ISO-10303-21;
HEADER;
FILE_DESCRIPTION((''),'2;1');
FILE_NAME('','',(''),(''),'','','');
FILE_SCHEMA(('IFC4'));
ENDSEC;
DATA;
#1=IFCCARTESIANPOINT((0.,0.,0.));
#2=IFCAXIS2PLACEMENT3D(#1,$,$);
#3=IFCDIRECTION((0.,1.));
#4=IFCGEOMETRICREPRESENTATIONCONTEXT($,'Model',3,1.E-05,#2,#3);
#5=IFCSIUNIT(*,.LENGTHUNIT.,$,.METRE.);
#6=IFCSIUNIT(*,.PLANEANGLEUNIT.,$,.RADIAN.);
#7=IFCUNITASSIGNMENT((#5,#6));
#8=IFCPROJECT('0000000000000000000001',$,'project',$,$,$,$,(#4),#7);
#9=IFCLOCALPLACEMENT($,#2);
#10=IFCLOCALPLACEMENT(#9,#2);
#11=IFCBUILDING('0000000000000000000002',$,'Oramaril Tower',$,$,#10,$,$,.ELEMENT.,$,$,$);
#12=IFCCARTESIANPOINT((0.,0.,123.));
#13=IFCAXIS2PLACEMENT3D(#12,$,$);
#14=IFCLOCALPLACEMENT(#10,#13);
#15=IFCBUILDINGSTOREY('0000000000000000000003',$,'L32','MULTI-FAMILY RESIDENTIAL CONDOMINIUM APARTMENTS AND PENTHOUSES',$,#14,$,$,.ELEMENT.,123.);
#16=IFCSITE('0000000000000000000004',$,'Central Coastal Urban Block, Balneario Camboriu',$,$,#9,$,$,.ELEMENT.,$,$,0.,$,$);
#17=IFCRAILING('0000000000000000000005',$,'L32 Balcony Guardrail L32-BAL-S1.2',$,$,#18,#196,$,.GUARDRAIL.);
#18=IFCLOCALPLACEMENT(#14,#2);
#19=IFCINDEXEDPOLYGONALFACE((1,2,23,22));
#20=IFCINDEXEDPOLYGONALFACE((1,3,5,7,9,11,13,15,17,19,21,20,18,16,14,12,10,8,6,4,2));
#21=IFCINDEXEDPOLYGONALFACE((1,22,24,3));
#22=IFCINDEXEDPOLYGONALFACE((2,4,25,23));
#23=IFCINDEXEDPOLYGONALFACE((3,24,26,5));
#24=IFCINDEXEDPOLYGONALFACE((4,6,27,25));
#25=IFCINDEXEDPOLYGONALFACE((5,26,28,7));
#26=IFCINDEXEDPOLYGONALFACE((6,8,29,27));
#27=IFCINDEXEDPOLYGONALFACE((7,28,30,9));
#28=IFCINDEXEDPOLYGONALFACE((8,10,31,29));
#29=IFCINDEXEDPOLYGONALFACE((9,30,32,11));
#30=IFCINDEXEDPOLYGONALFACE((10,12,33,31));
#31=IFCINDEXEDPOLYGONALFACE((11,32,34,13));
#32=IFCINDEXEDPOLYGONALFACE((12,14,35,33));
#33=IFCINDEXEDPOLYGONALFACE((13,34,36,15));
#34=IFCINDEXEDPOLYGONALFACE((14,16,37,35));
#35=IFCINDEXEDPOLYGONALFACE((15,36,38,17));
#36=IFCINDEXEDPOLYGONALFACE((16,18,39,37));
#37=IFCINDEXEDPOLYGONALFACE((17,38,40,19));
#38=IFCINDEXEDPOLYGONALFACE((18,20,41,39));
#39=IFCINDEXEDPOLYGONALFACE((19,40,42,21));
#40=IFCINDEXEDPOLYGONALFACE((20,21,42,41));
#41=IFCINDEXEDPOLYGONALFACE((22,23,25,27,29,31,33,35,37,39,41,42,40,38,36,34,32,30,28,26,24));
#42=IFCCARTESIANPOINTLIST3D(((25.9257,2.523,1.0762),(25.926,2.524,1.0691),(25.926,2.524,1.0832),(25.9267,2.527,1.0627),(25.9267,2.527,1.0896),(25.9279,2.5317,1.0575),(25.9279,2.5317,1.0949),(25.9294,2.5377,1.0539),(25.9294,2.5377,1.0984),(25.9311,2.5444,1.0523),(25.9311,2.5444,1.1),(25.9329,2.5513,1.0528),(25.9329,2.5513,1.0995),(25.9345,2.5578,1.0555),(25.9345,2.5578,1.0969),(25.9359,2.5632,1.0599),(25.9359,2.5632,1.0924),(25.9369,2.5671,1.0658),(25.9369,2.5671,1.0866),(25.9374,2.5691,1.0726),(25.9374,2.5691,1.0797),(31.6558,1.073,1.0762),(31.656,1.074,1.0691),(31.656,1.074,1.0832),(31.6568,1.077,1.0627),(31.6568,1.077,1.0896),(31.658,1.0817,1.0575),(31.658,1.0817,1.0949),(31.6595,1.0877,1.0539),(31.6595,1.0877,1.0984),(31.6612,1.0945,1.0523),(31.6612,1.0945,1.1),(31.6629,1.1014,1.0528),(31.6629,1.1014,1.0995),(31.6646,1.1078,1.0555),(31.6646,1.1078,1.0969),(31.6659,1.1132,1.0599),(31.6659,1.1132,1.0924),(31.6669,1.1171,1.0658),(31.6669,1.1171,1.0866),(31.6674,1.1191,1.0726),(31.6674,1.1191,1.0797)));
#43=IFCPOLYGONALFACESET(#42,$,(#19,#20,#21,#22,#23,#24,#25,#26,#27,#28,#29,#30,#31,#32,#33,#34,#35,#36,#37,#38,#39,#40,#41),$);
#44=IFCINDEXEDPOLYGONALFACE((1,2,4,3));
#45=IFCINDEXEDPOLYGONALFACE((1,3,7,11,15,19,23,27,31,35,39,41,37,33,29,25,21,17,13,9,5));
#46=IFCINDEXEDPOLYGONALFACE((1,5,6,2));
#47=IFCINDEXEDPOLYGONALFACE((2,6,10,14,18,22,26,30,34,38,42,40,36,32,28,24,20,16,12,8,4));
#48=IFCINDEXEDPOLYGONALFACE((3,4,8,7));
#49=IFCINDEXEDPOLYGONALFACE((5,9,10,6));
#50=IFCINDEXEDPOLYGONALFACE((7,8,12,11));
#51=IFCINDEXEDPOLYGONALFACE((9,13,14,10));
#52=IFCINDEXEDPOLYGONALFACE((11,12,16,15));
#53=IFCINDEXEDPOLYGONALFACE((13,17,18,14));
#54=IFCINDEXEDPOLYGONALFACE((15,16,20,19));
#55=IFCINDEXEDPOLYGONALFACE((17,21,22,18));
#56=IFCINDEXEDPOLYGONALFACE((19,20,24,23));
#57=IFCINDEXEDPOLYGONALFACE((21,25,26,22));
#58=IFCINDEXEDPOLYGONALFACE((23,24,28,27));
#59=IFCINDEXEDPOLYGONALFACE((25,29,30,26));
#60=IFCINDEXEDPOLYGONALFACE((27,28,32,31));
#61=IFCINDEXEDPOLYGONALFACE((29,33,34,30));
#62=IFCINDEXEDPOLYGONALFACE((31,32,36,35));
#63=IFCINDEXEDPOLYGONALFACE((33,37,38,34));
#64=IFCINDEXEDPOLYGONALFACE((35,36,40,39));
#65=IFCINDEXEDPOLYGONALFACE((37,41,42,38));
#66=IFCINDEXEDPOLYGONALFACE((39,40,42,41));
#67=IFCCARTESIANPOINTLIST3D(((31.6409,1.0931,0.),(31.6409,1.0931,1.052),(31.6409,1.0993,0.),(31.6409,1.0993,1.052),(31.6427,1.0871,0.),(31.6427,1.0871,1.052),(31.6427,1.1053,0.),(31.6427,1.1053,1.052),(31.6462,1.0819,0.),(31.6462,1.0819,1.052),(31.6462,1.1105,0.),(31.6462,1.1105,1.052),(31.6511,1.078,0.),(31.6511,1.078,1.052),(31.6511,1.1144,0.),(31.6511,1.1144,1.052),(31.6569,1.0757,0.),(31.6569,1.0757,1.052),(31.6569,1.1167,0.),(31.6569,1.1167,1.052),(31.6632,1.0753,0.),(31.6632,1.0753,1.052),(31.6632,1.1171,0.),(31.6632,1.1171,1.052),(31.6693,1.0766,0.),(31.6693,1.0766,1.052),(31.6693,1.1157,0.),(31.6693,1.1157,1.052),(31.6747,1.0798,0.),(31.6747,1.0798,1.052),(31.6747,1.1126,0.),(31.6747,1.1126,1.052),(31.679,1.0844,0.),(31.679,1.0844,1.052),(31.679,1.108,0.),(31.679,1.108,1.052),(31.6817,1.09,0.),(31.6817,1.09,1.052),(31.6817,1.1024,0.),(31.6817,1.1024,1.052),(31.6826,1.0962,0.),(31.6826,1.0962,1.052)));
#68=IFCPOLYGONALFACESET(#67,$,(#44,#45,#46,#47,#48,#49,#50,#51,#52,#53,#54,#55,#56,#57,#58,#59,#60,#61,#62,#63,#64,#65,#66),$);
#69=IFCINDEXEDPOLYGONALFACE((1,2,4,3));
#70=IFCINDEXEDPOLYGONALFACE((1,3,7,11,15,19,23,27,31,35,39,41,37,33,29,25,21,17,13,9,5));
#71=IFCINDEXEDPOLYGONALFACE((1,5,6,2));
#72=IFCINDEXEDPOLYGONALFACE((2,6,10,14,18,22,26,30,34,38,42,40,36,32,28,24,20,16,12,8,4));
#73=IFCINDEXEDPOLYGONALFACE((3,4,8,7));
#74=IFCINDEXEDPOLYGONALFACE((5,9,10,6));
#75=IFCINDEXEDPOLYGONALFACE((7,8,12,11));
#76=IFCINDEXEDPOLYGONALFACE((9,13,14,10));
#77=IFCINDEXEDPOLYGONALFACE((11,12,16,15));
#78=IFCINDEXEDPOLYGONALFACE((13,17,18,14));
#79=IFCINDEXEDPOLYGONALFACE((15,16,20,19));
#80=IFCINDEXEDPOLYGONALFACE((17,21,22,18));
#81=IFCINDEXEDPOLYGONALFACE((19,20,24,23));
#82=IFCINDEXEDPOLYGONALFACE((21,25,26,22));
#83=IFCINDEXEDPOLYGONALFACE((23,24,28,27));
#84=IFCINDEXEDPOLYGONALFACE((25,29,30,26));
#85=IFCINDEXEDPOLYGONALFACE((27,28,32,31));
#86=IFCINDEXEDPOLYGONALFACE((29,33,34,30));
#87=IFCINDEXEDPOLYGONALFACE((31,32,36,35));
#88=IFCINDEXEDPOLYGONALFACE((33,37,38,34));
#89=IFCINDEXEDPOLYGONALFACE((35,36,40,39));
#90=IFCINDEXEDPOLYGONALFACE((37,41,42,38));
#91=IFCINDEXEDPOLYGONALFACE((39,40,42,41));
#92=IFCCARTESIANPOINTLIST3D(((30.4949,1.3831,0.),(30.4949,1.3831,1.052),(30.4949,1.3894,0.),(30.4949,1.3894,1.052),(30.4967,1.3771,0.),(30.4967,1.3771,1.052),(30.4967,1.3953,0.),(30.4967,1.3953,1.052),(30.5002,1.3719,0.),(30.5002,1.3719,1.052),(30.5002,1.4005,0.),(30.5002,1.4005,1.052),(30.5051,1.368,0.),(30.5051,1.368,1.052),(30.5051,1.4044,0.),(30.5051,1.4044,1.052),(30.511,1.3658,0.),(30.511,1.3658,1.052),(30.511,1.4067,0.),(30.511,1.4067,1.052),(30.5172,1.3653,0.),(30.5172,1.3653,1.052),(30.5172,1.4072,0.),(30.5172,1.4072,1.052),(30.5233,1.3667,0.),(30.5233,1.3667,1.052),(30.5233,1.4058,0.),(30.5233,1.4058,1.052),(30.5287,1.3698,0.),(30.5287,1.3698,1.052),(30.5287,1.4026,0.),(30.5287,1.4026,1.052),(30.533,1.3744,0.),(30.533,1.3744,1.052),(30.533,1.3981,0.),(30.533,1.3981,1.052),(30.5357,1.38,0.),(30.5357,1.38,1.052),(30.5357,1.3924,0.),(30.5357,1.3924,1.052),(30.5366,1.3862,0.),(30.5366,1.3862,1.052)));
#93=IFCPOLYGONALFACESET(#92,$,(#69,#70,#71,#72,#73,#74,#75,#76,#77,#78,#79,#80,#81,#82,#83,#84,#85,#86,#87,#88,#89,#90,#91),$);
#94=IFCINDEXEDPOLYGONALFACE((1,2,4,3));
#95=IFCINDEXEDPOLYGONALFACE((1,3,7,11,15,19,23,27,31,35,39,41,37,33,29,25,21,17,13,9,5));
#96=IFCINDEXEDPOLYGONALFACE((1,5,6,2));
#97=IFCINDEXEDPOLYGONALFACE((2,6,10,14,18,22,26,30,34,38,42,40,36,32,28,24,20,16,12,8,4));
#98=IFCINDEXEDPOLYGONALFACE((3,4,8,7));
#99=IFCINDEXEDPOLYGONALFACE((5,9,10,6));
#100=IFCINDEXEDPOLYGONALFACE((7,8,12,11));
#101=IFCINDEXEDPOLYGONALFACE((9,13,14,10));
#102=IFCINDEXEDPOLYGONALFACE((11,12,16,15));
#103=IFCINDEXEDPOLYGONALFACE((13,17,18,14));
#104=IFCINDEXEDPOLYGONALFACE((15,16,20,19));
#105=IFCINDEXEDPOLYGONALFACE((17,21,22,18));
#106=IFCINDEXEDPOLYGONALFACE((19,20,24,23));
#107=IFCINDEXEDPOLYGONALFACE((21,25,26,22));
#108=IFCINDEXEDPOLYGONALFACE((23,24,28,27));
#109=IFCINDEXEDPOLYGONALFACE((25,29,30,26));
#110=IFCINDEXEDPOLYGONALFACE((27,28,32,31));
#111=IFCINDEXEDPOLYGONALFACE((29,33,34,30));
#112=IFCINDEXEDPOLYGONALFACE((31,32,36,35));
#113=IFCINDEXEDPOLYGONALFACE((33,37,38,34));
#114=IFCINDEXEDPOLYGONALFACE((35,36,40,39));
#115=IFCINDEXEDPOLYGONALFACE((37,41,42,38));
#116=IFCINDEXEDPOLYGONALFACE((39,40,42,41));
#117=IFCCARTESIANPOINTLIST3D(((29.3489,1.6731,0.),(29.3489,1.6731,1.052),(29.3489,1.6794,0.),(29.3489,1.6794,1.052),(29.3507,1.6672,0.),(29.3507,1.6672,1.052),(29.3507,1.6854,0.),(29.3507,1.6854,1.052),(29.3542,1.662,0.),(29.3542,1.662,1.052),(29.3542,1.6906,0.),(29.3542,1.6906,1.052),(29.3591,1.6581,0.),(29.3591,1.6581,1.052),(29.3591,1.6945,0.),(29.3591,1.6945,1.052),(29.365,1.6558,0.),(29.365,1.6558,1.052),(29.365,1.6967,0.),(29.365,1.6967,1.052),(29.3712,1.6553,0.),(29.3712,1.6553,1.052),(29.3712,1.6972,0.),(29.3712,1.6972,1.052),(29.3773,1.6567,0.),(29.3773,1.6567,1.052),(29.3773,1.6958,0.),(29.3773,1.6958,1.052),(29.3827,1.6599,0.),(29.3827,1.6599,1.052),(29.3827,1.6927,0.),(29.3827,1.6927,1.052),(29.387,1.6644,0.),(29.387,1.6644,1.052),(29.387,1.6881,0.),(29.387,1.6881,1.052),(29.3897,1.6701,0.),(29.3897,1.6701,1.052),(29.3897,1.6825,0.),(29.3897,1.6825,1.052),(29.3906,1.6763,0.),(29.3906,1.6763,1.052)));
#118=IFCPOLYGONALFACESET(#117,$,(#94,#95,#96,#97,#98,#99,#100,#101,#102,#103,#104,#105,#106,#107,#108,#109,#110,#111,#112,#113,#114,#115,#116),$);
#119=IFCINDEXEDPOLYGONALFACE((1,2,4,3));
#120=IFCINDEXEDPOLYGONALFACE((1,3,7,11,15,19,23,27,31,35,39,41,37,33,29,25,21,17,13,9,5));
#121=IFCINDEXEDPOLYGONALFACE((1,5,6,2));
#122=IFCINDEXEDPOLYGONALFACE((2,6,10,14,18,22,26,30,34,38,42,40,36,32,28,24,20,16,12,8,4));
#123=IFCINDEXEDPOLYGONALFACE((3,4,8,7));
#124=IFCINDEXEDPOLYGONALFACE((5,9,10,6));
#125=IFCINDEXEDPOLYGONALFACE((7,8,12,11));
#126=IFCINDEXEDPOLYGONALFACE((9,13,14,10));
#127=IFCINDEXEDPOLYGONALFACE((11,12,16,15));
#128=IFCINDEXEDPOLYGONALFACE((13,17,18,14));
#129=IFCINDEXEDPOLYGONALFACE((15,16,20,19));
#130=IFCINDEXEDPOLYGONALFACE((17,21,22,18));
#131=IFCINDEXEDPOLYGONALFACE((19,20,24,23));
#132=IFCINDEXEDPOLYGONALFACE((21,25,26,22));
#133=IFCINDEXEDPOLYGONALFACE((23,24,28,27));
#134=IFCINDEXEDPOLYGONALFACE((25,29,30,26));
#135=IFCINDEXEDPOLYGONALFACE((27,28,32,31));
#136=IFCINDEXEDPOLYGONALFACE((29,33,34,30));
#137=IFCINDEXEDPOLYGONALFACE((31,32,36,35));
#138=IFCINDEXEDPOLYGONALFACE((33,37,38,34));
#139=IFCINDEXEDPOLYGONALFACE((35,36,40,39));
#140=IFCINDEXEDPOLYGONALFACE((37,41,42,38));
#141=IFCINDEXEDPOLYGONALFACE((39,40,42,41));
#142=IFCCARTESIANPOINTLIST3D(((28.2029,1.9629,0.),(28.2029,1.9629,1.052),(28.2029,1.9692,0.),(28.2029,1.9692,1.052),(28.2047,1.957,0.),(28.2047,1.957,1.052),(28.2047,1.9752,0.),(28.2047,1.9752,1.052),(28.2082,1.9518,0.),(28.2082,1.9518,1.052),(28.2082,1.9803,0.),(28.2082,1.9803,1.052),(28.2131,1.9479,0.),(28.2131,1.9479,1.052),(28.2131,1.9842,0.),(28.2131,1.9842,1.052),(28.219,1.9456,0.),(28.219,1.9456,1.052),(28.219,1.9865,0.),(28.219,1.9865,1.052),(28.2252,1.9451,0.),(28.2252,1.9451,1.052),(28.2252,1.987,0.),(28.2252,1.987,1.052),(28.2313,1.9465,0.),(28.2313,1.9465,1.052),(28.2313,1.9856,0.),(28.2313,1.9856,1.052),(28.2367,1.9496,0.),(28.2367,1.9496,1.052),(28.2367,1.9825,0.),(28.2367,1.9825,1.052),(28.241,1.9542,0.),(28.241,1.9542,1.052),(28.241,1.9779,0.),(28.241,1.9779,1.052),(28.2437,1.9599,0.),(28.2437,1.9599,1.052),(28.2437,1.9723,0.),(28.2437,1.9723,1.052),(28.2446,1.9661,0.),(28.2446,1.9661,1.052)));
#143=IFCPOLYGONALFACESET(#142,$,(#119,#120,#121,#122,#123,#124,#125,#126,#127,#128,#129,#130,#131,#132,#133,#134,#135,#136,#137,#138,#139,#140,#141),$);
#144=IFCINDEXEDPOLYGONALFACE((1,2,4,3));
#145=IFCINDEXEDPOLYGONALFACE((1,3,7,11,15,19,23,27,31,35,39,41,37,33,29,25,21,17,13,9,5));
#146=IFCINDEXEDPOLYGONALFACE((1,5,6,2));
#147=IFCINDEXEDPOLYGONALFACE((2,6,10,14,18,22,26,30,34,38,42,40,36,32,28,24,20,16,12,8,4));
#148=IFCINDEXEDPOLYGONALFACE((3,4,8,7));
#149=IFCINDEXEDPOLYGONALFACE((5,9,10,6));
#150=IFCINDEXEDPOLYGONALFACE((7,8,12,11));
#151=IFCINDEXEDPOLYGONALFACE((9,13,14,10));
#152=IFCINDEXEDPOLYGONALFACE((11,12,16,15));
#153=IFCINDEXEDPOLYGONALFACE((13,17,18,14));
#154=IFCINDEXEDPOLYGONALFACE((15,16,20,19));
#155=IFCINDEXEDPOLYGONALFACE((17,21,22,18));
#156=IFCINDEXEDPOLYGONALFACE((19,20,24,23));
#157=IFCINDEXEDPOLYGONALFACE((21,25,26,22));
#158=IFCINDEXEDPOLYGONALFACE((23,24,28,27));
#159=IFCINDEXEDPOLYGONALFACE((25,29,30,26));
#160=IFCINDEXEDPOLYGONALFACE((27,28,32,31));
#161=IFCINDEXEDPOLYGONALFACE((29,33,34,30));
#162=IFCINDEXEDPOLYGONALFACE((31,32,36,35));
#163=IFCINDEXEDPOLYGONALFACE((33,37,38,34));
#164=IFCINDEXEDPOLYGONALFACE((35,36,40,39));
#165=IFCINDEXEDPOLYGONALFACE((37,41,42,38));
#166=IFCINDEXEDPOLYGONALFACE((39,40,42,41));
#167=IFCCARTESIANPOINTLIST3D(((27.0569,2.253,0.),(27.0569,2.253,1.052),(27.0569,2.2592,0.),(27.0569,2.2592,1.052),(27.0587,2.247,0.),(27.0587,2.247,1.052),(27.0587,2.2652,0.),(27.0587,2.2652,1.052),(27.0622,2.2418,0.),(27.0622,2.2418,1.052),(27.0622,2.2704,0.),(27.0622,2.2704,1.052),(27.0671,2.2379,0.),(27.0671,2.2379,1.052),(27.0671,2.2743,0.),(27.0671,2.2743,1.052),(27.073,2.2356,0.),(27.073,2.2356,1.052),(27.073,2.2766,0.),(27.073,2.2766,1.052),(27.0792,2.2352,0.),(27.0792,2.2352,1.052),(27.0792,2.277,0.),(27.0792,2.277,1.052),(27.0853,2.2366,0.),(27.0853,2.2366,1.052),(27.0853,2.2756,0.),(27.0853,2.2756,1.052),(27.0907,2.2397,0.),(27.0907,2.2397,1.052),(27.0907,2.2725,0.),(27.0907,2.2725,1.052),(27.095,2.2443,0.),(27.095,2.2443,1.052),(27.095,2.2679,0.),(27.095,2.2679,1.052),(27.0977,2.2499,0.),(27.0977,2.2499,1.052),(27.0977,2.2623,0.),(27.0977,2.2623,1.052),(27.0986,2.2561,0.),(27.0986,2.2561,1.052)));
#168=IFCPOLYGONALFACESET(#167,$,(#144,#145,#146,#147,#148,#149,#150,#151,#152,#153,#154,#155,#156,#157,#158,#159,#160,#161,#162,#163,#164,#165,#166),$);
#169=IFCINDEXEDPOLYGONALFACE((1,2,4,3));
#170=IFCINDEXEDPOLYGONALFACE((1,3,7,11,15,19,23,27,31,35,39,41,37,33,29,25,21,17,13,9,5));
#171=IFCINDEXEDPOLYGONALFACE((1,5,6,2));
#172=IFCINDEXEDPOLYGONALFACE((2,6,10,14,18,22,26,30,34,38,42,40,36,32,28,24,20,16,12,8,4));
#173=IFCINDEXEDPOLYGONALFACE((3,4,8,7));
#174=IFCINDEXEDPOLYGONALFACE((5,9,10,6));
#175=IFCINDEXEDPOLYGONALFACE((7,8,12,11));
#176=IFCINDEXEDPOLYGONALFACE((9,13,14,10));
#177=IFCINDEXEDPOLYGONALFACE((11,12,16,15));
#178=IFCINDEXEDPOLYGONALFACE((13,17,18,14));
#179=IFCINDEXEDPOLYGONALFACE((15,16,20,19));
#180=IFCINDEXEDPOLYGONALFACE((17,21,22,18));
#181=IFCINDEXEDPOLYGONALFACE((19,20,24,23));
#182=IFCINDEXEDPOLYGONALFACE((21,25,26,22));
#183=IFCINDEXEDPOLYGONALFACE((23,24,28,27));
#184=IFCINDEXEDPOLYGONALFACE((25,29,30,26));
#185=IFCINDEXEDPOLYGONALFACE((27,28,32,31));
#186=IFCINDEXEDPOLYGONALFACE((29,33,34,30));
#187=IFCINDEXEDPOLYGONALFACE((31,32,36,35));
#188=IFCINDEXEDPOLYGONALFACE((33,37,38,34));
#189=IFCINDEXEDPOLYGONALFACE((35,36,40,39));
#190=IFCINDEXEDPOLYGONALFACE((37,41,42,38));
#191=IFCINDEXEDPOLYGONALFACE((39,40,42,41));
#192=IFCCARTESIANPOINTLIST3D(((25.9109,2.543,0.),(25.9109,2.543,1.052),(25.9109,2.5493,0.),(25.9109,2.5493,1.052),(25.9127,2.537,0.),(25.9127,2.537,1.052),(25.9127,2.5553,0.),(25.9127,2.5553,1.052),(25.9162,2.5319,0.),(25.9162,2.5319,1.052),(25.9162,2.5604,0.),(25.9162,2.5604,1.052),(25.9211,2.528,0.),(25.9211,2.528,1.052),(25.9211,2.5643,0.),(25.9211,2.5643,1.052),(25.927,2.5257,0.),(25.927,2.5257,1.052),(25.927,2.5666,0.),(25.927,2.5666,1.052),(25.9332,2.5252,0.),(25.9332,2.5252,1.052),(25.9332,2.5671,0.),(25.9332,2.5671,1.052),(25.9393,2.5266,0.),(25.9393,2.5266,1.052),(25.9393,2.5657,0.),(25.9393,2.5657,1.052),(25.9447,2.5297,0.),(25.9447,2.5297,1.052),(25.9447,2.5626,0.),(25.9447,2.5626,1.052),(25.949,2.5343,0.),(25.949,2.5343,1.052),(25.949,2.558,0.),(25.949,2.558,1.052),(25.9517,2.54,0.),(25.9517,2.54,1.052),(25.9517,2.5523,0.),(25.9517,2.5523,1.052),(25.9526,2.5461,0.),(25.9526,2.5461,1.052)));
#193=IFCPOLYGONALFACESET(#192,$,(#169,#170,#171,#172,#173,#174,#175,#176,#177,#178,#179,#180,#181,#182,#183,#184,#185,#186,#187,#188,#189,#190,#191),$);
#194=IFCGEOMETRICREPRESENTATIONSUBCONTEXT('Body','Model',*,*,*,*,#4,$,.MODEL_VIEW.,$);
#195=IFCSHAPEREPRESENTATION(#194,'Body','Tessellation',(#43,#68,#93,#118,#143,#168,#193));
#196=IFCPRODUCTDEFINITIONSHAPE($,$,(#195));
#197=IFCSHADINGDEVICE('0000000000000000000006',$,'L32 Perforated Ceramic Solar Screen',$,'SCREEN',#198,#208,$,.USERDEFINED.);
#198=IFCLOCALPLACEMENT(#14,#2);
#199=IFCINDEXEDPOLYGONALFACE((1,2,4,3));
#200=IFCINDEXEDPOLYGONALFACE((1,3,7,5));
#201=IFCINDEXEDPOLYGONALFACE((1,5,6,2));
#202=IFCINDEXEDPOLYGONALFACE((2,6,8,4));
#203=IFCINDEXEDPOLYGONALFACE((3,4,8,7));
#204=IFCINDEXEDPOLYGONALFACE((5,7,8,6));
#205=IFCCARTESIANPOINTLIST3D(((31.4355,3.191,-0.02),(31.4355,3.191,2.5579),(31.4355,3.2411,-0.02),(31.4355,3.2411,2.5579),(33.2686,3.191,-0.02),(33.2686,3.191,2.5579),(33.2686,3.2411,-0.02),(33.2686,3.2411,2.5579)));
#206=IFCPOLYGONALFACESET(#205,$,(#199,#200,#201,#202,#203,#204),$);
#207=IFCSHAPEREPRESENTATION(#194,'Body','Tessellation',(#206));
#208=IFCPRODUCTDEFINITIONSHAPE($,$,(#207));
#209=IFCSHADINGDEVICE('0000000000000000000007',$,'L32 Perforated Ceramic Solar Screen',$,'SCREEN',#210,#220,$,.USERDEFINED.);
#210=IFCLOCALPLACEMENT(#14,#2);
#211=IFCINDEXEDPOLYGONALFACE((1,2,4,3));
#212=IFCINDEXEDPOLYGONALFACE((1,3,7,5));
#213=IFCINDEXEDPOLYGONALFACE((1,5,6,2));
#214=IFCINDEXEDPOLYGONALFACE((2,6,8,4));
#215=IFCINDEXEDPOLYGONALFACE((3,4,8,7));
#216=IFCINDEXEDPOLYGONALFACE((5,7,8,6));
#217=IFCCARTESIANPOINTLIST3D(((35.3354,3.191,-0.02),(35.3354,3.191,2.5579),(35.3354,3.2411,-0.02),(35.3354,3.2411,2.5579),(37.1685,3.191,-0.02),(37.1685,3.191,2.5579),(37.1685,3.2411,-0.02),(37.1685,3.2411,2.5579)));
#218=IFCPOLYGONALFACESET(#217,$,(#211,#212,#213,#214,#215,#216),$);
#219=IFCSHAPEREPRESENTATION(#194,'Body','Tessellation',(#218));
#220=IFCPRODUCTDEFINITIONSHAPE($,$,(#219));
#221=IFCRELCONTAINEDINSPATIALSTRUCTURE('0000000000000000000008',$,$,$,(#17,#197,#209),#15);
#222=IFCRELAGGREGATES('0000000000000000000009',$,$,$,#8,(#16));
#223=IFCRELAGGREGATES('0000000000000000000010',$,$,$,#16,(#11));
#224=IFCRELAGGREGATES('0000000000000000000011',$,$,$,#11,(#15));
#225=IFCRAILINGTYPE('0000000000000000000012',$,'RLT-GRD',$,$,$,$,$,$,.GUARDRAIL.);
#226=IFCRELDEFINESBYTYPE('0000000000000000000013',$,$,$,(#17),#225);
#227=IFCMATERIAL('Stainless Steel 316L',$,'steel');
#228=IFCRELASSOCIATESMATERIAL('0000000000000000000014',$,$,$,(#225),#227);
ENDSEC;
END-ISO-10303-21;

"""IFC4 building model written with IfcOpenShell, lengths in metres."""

from ifc_helpers import new_model, si_unit, direction, frame, origin, origin_2d, place, context, subcontext, project, spatial, rectangle, circle, extrude, material, type_object, element, save


model = new_model("IFC4")

# Units and contexts
model_context = context("Model", 3, precision=1e-05, world=origin(), true_north=direction((0.0, 1.0)))
body_context = subcontext(model_context, "Body", "Model", "MODEL_VIEW")
ifc_project = project(units=[si_unit("LENGTHUNIT", "METRE"), si_unit("PLANEANGLEUNIT", "RADIAN")], contexts=[model_context])

# Site, building, storey
site_placement = place(None, origin())
site = spatial("IfcSite", under=ifc_project, at=site_placement, Name="Central Coastal Urban Block, Balneario Camboriu", CompositionType="ELEMENT", RefElevation=0.0)
building_placement = place(site_placement, origin())
building = spatial("IfcBuilding", under=site, at=building_placement, Name="Oramaril Tower", CompositionType="ELEMENT")
storey_placement = place(building_placement, frame((0.0, 0.0, 123.0)))
storey = spatial("IfcBuildingStorey", under=building, at=storey_placement, Name="L32", Description="MULTI-FAMILY RESIDENTIAL CONDOMINIUM APARTMENTS AND PENTHOUSES", CompositionType="ELEMENT", Elevation=123.0)

# Railing
ifc_material_1 = material(Name="Stainless Steel 316L", Category="steel")
railing_type = type_object("IfcRailingType", Name="RLT-GRD", PredefinedType="GUARDRAIL", material=ifc_material_1)
railing_1_placement = place(storey_placement, frame((31.6616, 1.0962, 0.0)))
element("IfcRailing", 1, at=railing_1_placement, inside=storey, type_object=railing_type, Name="L32 Balcony Guardrail L32-BAL-S1.2", PredefinedType="GUARDRAIL", context=body_context, shape_type="SweptSolid", body=[
    extrude(circle(Radius=0.0239, at=origin_2d()), frame((0.0, 0.0, 1.0762), z_axis=(-0.969444, 0.245314, 0.0), x_axis=(-0.245314, -0.969444, 0.0)), (0.0, 0.0, 1.0), 5.9106),
    extrude(circle(Radius=0.021, at=origin_2d()), origin(), (0.0, 0.0, 1.0), 1.052),
    extrude(circle(Radius=0.021, at=origin_2d()), frame((-1.146, 0.29, 0.0)), (0.0, 0.0, 1.0), 1.052),
    extrude(circle(Radius=0.021, at=origin_2d()), frame((-2.292, 0.5801, 0.0)), (0.0, 0.0, 1.0), 1.052),
    extrude(circle(Radius=0.021, at=origin_2d()), frame((-3.438, 0.8699, 0.0)), (0.0, 0.0, 1.0), 1.052),
    extrude(circle(Radius=0.021, at=origin_2d()), frame((-4.584, 1.1599, 0.0)), (0.0, 0.0, 1.0), 1.052),
    extrude(circle(Radius=0.021, at=origin_2d()), frame((-5.73, 1.45, 0.0)), (0.0, 0.0, 1.0), 1.052),
])

# Shading devices
for number, where, z_axis, x_axis, name in (
    (2, (32.3521, 3.2161, -0.02), (0.0, 0.0, 1.0), (1.0, 0.0, 0.0), "L32 Perforated Ceramic Solar Screen"),
    (3, (36.252, 3.2161, -0.02), (0.0, 0.0, 1.0), (1.0, 0.0, 0.0), "L32 Perforated Ceramic Solar Screen"),
):
    element("IfcShadingDevice", number, at=place(storey_placement, frame(where, z_axis=z_axis, x_axis=x_axis)), inside=storey, Name=name, ObjectType="SCREEN", PredefinedType="USERDEFINED", context=body_context, shape_type="SweptSolid", body=[
        extrude(rectangle(XDim=1.833, YDim=0.05, at=origin_2d()), origin(), (0.0, 0.0, 1.0), 2.5779),
    ])

save(model, "model.ifc")
